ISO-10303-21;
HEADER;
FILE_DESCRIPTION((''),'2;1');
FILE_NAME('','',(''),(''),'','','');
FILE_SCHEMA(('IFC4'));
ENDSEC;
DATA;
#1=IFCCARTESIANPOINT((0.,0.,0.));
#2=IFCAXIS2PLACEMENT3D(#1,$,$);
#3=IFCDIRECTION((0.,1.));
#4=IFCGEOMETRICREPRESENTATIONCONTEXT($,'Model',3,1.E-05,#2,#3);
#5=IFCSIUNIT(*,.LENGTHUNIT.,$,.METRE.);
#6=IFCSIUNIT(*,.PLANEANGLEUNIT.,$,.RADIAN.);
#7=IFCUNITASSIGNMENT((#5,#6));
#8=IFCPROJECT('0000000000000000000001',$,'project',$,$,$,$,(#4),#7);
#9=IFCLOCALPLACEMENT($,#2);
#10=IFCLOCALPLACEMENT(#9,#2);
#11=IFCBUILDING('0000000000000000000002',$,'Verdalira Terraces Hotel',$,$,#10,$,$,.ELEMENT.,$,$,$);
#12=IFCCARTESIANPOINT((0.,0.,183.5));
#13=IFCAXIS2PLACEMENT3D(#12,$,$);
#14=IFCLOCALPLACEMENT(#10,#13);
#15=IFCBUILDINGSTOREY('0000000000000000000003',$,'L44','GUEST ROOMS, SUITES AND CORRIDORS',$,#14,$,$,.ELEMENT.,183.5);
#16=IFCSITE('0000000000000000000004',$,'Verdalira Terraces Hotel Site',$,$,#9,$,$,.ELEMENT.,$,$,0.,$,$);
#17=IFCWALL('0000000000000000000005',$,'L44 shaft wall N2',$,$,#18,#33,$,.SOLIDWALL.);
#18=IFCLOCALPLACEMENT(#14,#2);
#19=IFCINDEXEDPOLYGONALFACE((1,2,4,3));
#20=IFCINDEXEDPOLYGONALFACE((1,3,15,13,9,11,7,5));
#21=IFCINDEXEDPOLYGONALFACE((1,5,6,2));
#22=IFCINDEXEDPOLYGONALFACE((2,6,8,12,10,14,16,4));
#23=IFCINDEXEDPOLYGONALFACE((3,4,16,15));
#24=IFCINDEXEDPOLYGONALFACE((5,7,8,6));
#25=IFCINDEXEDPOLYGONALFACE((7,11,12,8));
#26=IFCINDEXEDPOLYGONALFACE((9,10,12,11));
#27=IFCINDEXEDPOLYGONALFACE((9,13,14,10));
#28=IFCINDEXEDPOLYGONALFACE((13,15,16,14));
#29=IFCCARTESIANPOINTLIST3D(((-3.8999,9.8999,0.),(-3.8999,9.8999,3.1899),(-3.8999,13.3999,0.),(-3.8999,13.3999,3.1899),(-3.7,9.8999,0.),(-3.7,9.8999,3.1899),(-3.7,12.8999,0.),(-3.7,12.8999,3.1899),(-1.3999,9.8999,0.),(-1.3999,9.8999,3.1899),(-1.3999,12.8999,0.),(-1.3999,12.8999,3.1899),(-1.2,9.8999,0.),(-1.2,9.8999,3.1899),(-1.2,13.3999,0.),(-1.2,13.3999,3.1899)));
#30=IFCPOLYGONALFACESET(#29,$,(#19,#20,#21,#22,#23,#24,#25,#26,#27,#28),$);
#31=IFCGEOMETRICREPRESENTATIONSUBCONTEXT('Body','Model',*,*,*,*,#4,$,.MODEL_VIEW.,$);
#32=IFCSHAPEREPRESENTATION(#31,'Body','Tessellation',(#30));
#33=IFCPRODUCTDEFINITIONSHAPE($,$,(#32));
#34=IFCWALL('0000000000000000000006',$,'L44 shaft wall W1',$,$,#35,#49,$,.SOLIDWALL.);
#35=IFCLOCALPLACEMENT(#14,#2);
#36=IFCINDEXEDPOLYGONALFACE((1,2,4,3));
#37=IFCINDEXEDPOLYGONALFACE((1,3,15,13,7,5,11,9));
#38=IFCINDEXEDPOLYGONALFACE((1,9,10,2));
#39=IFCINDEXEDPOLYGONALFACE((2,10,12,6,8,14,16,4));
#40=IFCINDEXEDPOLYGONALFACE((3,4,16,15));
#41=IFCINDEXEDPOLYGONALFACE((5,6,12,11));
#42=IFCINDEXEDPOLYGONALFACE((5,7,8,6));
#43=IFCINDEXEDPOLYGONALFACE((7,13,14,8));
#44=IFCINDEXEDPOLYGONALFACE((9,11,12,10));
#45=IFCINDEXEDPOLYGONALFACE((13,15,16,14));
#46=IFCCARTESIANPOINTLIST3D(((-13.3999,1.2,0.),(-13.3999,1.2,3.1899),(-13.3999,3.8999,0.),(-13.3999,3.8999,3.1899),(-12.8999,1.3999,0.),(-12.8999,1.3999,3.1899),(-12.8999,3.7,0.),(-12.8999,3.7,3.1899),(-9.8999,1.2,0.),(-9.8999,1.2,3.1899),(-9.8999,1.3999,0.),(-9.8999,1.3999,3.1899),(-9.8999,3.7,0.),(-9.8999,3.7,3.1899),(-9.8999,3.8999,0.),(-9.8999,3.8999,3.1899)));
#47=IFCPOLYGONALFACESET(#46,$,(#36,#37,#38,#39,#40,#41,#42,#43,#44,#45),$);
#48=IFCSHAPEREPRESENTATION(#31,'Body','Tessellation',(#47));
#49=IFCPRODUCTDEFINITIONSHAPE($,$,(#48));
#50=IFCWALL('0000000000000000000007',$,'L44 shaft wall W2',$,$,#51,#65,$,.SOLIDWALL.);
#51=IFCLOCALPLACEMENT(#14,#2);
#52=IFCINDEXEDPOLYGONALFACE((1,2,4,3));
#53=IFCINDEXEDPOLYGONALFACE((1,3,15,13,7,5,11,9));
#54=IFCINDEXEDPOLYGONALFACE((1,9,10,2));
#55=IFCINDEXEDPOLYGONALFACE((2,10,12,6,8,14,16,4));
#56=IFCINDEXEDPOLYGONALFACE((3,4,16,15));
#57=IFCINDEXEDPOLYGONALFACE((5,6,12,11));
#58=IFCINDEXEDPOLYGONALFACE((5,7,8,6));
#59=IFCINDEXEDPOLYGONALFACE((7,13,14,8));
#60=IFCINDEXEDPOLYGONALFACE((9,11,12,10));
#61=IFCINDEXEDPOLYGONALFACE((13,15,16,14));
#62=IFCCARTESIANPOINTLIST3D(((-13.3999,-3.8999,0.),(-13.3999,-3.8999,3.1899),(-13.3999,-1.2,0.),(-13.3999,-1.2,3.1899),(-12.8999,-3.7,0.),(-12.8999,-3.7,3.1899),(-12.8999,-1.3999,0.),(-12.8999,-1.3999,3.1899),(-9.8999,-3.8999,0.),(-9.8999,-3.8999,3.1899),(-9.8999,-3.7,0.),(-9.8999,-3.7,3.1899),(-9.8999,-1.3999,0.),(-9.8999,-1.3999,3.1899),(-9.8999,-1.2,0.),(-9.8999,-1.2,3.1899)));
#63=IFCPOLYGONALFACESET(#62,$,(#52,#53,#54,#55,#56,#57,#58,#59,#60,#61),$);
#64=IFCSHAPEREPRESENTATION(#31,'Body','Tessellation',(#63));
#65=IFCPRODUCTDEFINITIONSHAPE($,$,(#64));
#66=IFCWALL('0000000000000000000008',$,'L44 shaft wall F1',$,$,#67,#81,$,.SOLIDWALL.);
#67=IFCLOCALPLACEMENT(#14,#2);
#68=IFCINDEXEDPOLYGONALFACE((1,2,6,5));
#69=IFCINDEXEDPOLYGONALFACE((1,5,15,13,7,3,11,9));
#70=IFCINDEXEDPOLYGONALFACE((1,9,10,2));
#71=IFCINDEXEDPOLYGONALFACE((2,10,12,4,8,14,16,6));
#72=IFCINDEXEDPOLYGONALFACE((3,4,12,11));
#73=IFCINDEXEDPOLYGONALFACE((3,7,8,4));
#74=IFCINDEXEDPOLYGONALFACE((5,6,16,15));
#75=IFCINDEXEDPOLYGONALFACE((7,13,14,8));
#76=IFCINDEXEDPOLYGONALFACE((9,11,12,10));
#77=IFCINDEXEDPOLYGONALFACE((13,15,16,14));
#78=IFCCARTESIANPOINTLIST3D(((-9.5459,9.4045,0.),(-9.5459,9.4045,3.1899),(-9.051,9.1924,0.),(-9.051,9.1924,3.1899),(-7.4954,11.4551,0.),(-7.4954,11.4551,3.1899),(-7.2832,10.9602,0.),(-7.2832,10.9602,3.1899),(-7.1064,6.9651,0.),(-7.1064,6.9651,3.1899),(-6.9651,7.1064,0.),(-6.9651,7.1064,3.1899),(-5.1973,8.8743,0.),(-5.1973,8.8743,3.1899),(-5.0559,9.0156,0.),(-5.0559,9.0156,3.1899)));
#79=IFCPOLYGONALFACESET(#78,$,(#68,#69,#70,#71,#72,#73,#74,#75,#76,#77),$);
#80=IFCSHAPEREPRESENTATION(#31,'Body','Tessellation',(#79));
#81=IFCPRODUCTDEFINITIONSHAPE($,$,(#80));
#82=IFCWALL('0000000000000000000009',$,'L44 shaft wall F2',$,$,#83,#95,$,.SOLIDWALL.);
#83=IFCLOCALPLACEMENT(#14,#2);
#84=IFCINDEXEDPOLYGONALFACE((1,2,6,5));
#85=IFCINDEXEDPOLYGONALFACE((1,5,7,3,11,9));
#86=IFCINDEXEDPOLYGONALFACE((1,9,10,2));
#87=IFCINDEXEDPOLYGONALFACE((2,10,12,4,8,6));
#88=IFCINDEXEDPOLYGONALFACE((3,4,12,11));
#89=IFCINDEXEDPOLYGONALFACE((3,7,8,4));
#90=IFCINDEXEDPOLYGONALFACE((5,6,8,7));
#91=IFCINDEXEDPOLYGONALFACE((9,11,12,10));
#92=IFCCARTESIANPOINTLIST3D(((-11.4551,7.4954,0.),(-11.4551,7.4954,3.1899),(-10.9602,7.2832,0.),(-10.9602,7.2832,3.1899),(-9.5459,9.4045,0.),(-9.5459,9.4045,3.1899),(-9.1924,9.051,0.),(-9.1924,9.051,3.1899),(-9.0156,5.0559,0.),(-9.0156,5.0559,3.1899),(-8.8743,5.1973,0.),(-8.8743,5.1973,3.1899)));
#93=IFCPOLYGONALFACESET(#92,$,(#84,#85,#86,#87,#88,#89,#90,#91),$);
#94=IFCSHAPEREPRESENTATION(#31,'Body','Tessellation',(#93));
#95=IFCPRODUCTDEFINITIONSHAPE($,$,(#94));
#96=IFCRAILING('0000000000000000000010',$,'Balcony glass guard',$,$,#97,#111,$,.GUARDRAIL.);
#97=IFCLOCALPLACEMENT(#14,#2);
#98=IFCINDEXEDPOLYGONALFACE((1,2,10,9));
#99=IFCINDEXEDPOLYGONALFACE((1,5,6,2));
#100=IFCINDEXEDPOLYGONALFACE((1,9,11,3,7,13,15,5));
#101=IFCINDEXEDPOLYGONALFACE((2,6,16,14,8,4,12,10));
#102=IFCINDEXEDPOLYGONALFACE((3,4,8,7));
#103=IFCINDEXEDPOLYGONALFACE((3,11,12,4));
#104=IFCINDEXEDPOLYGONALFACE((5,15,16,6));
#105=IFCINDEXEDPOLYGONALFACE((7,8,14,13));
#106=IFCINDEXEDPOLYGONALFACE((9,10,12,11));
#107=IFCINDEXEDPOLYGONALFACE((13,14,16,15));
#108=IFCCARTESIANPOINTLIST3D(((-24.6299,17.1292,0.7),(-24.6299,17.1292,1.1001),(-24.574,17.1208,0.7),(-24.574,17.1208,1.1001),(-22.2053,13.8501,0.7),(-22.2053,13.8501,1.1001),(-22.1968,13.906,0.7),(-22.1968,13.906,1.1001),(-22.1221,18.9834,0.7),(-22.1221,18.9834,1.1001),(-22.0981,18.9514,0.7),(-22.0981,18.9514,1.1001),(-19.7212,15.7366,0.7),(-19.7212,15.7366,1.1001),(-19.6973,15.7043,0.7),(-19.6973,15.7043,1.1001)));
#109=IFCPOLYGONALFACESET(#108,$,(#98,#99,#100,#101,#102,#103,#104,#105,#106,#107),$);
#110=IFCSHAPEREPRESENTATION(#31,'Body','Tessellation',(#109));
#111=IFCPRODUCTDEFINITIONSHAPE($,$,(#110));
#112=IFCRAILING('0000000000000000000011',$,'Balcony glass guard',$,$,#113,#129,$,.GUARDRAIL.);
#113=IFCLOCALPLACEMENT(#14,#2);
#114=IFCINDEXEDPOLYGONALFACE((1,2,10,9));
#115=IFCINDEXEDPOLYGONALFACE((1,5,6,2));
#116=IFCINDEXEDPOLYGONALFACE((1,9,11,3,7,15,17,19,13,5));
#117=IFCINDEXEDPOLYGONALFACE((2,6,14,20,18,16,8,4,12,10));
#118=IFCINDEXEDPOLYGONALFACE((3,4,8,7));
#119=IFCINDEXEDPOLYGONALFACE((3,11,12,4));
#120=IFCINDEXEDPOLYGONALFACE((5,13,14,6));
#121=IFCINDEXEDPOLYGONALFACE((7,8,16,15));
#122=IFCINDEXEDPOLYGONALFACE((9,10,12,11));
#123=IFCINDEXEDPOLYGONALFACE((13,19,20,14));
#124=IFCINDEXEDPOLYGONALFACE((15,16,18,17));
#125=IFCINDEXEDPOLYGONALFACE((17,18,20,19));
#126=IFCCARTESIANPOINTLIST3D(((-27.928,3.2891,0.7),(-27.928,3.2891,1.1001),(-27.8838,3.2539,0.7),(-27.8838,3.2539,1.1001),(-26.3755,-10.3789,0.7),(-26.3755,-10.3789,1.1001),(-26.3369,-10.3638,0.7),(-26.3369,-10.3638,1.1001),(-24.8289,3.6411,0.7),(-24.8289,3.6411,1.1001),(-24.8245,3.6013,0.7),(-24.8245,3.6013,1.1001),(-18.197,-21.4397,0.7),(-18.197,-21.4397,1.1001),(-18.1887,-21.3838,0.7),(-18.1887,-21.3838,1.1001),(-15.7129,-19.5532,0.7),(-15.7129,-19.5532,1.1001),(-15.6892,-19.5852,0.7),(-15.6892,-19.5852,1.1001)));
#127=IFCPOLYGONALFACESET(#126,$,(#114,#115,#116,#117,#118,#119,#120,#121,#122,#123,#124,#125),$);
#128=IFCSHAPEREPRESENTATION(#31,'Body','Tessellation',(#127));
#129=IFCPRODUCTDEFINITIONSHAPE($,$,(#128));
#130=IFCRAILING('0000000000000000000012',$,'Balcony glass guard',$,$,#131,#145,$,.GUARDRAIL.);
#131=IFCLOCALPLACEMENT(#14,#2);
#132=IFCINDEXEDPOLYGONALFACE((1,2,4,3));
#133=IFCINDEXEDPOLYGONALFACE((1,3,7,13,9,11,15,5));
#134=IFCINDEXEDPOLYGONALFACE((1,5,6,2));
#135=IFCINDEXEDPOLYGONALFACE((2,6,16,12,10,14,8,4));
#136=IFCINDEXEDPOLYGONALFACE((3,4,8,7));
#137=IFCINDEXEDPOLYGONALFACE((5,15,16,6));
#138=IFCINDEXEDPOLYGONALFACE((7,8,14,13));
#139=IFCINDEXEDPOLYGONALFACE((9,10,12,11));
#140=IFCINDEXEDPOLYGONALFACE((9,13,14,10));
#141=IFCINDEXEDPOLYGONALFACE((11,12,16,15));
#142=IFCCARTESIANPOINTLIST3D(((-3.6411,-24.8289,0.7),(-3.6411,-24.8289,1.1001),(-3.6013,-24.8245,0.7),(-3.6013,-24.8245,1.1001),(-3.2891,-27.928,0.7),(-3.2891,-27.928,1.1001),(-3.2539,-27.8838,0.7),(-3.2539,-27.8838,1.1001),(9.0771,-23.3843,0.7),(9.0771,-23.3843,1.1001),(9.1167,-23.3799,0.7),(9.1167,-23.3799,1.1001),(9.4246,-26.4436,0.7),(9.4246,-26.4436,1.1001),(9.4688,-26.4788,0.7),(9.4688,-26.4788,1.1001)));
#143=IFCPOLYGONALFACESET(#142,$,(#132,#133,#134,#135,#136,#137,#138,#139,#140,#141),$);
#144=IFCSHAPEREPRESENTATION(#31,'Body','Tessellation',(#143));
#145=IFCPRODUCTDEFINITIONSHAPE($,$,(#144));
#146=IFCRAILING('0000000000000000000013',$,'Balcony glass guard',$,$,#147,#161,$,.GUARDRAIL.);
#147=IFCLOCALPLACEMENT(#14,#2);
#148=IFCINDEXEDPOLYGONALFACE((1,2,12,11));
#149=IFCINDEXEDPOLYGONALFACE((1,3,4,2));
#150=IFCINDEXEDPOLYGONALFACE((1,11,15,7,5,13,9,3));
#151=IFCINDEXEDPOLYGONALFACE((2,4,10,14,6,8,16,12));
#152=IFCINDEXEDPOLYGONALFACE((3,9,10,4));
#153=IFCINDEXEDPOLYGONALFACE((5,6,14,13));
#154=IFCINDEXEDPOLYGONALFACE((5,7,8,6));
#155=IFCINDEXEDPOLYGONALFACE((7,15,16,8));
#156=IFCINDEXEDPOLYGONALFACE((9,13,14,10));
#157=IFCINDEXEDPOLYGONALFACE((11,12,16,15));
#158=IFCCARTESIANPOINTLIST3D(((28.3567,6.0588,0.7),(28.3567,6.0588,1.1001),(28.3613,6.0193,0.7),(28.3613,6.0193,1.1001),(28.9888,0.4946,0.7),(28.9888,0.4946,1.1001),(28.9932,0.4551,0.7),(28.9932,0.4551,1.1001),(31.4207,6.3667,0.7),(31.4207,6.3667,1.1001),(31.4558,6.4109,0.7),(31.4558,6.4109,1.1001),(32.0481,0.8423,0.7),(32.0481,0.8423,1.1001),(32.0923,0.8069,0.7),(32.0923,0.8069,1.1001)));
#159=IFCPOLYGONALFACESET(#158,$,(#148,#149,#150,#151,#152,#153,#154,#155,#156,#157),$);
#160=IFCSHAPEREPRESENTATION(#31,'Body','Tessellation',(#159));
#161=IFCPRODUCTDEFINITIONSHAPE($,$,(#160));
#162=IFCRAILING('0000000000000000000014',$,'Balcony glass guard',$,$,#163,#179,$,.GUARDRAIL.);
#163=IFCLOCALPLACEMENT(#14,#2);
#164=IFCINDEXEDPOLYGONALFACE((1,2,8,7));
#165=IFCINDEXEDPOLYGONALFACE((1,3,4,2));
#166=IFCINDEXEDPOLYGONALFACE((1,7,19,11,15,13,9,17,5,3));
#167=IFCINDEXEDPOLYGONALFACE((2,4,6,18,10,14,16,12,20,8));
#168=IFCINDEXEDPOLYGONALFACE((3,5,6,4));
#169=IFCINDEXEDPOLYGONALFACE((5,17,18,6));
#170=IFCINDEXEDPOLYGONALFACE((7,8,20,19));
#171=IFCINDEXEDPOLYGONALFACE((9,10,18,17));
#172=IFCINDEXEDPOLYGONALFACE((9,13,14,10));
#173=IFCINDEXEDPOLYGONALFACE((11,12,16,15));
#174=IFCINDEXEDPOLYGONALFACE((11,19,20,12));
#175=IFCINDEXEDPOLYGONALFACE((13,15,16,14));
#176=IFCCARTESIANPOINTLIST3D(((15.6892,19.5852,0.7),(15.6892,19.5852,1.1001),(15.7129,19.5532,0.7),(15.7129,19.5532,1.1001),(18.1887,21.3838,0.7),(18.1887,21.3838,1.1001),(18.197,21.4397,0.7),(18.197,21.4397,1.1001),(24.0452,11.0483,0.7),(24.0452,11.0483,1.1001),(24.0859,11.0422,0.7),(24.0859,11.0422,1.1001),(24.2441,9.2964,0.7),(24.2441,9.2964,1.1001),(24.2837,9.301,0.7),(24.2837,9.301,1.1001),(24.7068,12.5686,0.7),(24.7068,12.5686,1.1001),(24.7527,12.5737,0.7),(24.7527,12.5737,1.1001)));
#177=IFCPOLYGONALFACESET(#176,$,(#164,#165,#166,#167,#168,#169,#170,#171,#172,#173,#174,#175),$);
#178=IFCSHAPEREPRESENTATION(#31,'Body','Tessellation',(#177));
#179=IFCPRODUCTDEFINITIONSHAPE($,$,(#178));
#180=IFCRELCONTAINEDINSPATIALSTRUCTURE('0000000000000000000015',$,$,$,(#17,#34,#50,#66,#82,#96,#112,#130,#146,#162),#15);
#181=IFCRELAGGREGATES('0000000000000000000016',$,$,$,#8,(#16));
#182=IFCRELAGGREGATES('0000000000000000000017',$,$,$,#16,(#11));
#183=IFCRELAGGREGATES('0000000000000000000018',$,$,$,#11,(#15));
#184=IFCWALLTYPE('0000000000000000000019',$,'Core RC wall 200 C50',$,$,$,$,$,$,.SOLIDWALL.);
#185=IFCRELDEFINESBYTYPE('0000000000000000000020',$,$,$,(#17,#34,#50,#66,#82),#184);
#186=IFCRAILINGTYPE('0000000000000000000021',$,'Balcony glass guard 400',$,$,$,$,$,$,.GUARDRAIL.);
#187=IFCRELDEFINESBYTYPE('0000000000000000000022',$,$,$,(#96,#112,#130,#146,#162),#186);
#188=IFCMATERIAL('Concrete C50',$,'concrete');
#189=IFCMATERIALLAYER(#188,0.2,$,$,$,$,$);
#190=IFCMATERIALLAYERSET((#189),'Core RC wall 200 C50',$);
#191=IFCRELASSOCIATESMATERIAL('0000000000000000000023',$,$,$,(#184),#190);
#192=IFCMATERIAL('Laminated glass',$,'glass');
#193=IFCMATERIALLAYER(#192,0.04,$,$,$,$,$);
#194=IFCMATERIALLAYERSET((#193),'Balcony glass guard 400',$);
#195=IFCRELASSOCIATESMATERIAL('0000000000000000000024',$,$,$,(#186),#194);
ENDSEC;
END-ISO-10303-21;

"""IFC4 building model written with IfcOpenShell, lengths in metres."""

from ifc_helpers import new_model, si_unit, direction, frame, origin, place, context, subcontext, project, spatial, polyline, outline, extrude, material, layer, layer_set, type_object, element, save


model = new_model("IFC4")

# Units and contexts
model_context = context("Model", 3, precision=1e-05, world=origin(), true_north=direction((0.0, 1.0)))
body_context = subcontext(model_context, "Body", "Model", "MODEL_VIEW")
ifc_project = project(units=[si_unit("LENGTHUNIT", "METRE"), si_unit("PLANEANGLEUNIT", "RADIAN")], contexts=[model_context])

# Site, building, storey
site_placement = place(None, origin())
site = spatial("IfcSite", under=ifc_project, at=site_placement, Name="Verdalira Terraces Hotel Site", CompositionType="ELEMENT", RefElevation=0.0)
building_placement = place(site_placement, origin())
building = spatial("IfcBuilding", under=site, at=building_placement, Name="Verdalira Terraces Hotel", CompositionType="ELEMENT")
storey_placement = place(building_placement, frame((0.0, 0.0, 183.5)))
storey = spatial("IfcBuildingStorey", under=building, at=storey_placement, Name="L44", Description="GUEST ROOMS, SUITES AND CORRIDORS", CompositionType="ELEMENT", Elevation=183.5)

# Walls
ifc_material_1 = material(Name="Concrete C50", Category="concrete")
ifc_layer_1 = layer(ifc_material_1, 0.2)
ifc_layer_set_1 = layer_set([ifc_layer_1], Name="Core RC wall 200 C50")
wall_type_1 = type_object("IfcWallType", Name="Core RC wall 200 C50", PredefinedType="SOLIDWALL", material=ifc_layer_set_1)
wall_1_placement = place(storey_placement, origin())
element("IfcWall", 1, at=wall_1_placement, inside=storey, type_object=wall_type_1, Name="L44 shaft wall N2", PredefinedType="SOLIDWALL", context=body_context, shape_type="SweptSolid", body=[
    extrude(outline(polyline([(-3.8999, 13.3999), (-1.2, 13.3999), (-1.2, 9.8999), (-1.3999, 9.8999), (-1.3999, 12.8999), (-3.7, 12.8999), (-3.7, 9.8999), (-3.8999, 9.8999), (-3.8999, 13.3999)])), origin(), (0.0, 0.0, 1.0), 3.1899),
])
wall_2_placement = place(storey_placement, origin())
element("IfcWall", 2, at=wall_2_placement, inside=storey, type_object=wall_type_1, Name="L44 shaft wall W1", PredefinedType="SOLIDWALL", context=body_context, shape_type="SweptSolid", body=[
    extrude(outline(polyline([(-13.3999, 3.8999), (-9.8999, 3.8999), (-9.8999, 3.7), (-12.8999, 3.7), (-12.8999, 1.3999), (-9.8999, 1.3999), (-9.8999, 1.2), (-13.3999, 1.2), (-13.3999, 3.8999)])), origin(), (0.0, 0.0, 1.0), 3.1899),
])
wall_3_placement = place(storey_placement, origin())
element("IfcWall", 3, at=wall_3_placement, inside=storey, type_object=wall_type_1, Name="L44 shaft wall W2", PredefinedType="SOLIDWALL", context=body_context, shape_type="SweptSolid", body=[
    extrude(outline(polyline([(-13.3999, -3.8999), (-13.3999, -1.2), (-9.8999, -1.2), (-9.8999, -1.3999), (-12.8999, -1.3999), (-12.8999, -3.7), (-9.8999, -3.7), (-9.8999, -3.8999), (-13.3999, -3.8999)])), origin(), (0.0, 0.0, 1.0), 3.1899),
])
wall_4_placement = place(storey_placement, origin())
element("IfcWall", 4, at=wall_4_placement, inside=storey, type_object=wall_type_1, Name="L44 shaft wall F1", PredefinedType="SOLIDWALL", context=body_context, shape_type="SweptSolid", body=[
    extrude(outline(polyline([(-9.5459, 9.4045), (-7.4954, 11.4551), (-5.0559, 9.0156), (-5.1973, 8.8743), (-7.2832, 10.9602), (-9.051, 9.1924), (-6.9651, 7.1064), (-7.1064, 6.9651), (-9.5459, 9.4045)])), origin(), (0.0, 0.0, 1.0), 3.1899),
])
wall_5_placement = place(storey_placement, origin())
element("IfcWall", 5, at=wall_5_placement, inside=storey, type_object=wall_type_1, Name="L44 shaft wall F2", PredefinedType="SOLIDWALL", context=body_context, shape_type="SweptSolid", body=[
    extrude(outline(polyline([(-11.4551, 7.4954), (-9.5459, 9.4045), (-9.1924, 9.051), (-10.9602, 7.2832), (-8.8743, 5.1973), (-9.0156, 5.0559), (-11.4551, 7.4954)])), origin(), (0.0, 0.0, 1.0), 3.1899),
])

# Railings
ifc_material_2 = material(Name="Laminated glass", Category="glass")
ifc_layer_2 = layer(ifc_material_2, 0.04)
ifc_layer_set_2 = layer_set([ifc_layer_2], Name="Balcony glass guard 400")
railing_type = type_object("IfcRailingType", Name="Balcony glass guard 400", PredefinedType="GUARDRAIL", material=ifc_layer_set_2)
railing_1_placement = place(storey_placement, frame((0.0, 0.0, 0.7)))
element("IfcRailing", 6, at=railing_1_placement, inside=storey, type_object=railing_type, Name="Balcony glass guard", PredefinedType="GUARDRAIL", context=body_context, shape_type="SweptSolid", body=[
    extrude(outline(polyline([(-24.574, 17.1209), (-22.1968, 13.906), (-19.7212, 15.7366), (-19.6973, 15.7043), (-22.2053, 13.8501), (-24.6299, 17.1291), (-22.1221, 18.9834), (-22.0981, 18.9514), (-24.574, 17.1209)])), origin(), (0.0, 0.0, 1.0), 0.4001),
])
railing_2_placement = place(storey_placement, frame((0.0, 0.0, 0.7)))
element("IfcRailing", 7, at=railing_2_placement, inside=storey, type_object=railing_type, Name="Balcony glass guard", PredefinedType="GUARDRAIL", context=body_context, shape_type="SweptSolid", body=[
    extrude(outline(polyline([(-27.8838, 3.2539), (-26.3369, -10.3638), (-18.1887, -21.3838), (-15.7129, -19.5532), (-15.6892, -19.5852), (-18.197, -21.4397), (-26.3755, -10.3789), (-27.928, 3.2891), (-24.8289, 3.6411), (-24.8245, 3.6013), (-27.8838, 3.2539)])), origin(), (0.0, 0.0, 1.0), 0.4001),
])
railing_3_placement = place(storey_placement, frame((0.0, 0.0, 0.7)))
element("IfcRailing", 8, at=railing_3_placement, inside=storey, type_object=railing_type, Name="Balcony glass guard", PredefinedType="GUARDRAIL", context=body_context, shape_type="SweptSolid", body=[
    extrude(outline(polyline([(-3.2539, -27.8838), (9.4246, -26.4436), (9.0771, -23.3843), (9.1167, -23.3799), (9.4688, -26.4788), (-3.2891, -27.928), (-3.6411, -24.8289), (-3.6013, -24.8245), (-3.2539, -27.8838)])), origin(), (0.0, 0.0, 1.0), 0.4001),
])
railing_4_placement = place(storey_placement, frame((0.0, 0.0, 0.7)))
element("IfcRailing", 9, at=railing_4_placement, inside=storey, type_object=railing_type, Name="Balcony glass guard", PredefinedType="GUARDRAIL", context=body_context, shape_type="SweptSolid", body=[
    extrude(outline(polyline([(32.0481, 0.8423), (31.4207, 6.3667), (28.3613, 6.0193), (28.3567, 6.0588), (31.4558, 6.4109), (32.0923, 0.8069), (28.9932, 0.4551), (28.9888, 0.4946), (32.0481, 0.8423)])), origin(), (0.0, 0.0, 1.0), 0.4001),
])
railing_5_placement = place(storey_placement, frame((0.0, 0.0, 0.7)))
element("IfcRailing", 10, at=railing_5_placement, inside=storey, type_object=railing_type, Name="Balcony glass guard", PredefinedType="GUARDRAIL", context=body_context, shape_type="SweptSolid", body=[
    extrude(outline(polyline([(24.0452, 11.0483), (24.7068, 12.5686), (18.1887, 21.3838), (15.7129, 19.5532), (15.6892, 19.5852), (18.197, 21.4397), (24.7527, 12.5737), (24.0859, 11.0422), (24.2837, 9.301), (24.2441, 9.2964), (24.0452, 11.0483)])), origin(), (0.0, 0.0, 1.0), 0.4001),
])

save(model, "model.ifc")
